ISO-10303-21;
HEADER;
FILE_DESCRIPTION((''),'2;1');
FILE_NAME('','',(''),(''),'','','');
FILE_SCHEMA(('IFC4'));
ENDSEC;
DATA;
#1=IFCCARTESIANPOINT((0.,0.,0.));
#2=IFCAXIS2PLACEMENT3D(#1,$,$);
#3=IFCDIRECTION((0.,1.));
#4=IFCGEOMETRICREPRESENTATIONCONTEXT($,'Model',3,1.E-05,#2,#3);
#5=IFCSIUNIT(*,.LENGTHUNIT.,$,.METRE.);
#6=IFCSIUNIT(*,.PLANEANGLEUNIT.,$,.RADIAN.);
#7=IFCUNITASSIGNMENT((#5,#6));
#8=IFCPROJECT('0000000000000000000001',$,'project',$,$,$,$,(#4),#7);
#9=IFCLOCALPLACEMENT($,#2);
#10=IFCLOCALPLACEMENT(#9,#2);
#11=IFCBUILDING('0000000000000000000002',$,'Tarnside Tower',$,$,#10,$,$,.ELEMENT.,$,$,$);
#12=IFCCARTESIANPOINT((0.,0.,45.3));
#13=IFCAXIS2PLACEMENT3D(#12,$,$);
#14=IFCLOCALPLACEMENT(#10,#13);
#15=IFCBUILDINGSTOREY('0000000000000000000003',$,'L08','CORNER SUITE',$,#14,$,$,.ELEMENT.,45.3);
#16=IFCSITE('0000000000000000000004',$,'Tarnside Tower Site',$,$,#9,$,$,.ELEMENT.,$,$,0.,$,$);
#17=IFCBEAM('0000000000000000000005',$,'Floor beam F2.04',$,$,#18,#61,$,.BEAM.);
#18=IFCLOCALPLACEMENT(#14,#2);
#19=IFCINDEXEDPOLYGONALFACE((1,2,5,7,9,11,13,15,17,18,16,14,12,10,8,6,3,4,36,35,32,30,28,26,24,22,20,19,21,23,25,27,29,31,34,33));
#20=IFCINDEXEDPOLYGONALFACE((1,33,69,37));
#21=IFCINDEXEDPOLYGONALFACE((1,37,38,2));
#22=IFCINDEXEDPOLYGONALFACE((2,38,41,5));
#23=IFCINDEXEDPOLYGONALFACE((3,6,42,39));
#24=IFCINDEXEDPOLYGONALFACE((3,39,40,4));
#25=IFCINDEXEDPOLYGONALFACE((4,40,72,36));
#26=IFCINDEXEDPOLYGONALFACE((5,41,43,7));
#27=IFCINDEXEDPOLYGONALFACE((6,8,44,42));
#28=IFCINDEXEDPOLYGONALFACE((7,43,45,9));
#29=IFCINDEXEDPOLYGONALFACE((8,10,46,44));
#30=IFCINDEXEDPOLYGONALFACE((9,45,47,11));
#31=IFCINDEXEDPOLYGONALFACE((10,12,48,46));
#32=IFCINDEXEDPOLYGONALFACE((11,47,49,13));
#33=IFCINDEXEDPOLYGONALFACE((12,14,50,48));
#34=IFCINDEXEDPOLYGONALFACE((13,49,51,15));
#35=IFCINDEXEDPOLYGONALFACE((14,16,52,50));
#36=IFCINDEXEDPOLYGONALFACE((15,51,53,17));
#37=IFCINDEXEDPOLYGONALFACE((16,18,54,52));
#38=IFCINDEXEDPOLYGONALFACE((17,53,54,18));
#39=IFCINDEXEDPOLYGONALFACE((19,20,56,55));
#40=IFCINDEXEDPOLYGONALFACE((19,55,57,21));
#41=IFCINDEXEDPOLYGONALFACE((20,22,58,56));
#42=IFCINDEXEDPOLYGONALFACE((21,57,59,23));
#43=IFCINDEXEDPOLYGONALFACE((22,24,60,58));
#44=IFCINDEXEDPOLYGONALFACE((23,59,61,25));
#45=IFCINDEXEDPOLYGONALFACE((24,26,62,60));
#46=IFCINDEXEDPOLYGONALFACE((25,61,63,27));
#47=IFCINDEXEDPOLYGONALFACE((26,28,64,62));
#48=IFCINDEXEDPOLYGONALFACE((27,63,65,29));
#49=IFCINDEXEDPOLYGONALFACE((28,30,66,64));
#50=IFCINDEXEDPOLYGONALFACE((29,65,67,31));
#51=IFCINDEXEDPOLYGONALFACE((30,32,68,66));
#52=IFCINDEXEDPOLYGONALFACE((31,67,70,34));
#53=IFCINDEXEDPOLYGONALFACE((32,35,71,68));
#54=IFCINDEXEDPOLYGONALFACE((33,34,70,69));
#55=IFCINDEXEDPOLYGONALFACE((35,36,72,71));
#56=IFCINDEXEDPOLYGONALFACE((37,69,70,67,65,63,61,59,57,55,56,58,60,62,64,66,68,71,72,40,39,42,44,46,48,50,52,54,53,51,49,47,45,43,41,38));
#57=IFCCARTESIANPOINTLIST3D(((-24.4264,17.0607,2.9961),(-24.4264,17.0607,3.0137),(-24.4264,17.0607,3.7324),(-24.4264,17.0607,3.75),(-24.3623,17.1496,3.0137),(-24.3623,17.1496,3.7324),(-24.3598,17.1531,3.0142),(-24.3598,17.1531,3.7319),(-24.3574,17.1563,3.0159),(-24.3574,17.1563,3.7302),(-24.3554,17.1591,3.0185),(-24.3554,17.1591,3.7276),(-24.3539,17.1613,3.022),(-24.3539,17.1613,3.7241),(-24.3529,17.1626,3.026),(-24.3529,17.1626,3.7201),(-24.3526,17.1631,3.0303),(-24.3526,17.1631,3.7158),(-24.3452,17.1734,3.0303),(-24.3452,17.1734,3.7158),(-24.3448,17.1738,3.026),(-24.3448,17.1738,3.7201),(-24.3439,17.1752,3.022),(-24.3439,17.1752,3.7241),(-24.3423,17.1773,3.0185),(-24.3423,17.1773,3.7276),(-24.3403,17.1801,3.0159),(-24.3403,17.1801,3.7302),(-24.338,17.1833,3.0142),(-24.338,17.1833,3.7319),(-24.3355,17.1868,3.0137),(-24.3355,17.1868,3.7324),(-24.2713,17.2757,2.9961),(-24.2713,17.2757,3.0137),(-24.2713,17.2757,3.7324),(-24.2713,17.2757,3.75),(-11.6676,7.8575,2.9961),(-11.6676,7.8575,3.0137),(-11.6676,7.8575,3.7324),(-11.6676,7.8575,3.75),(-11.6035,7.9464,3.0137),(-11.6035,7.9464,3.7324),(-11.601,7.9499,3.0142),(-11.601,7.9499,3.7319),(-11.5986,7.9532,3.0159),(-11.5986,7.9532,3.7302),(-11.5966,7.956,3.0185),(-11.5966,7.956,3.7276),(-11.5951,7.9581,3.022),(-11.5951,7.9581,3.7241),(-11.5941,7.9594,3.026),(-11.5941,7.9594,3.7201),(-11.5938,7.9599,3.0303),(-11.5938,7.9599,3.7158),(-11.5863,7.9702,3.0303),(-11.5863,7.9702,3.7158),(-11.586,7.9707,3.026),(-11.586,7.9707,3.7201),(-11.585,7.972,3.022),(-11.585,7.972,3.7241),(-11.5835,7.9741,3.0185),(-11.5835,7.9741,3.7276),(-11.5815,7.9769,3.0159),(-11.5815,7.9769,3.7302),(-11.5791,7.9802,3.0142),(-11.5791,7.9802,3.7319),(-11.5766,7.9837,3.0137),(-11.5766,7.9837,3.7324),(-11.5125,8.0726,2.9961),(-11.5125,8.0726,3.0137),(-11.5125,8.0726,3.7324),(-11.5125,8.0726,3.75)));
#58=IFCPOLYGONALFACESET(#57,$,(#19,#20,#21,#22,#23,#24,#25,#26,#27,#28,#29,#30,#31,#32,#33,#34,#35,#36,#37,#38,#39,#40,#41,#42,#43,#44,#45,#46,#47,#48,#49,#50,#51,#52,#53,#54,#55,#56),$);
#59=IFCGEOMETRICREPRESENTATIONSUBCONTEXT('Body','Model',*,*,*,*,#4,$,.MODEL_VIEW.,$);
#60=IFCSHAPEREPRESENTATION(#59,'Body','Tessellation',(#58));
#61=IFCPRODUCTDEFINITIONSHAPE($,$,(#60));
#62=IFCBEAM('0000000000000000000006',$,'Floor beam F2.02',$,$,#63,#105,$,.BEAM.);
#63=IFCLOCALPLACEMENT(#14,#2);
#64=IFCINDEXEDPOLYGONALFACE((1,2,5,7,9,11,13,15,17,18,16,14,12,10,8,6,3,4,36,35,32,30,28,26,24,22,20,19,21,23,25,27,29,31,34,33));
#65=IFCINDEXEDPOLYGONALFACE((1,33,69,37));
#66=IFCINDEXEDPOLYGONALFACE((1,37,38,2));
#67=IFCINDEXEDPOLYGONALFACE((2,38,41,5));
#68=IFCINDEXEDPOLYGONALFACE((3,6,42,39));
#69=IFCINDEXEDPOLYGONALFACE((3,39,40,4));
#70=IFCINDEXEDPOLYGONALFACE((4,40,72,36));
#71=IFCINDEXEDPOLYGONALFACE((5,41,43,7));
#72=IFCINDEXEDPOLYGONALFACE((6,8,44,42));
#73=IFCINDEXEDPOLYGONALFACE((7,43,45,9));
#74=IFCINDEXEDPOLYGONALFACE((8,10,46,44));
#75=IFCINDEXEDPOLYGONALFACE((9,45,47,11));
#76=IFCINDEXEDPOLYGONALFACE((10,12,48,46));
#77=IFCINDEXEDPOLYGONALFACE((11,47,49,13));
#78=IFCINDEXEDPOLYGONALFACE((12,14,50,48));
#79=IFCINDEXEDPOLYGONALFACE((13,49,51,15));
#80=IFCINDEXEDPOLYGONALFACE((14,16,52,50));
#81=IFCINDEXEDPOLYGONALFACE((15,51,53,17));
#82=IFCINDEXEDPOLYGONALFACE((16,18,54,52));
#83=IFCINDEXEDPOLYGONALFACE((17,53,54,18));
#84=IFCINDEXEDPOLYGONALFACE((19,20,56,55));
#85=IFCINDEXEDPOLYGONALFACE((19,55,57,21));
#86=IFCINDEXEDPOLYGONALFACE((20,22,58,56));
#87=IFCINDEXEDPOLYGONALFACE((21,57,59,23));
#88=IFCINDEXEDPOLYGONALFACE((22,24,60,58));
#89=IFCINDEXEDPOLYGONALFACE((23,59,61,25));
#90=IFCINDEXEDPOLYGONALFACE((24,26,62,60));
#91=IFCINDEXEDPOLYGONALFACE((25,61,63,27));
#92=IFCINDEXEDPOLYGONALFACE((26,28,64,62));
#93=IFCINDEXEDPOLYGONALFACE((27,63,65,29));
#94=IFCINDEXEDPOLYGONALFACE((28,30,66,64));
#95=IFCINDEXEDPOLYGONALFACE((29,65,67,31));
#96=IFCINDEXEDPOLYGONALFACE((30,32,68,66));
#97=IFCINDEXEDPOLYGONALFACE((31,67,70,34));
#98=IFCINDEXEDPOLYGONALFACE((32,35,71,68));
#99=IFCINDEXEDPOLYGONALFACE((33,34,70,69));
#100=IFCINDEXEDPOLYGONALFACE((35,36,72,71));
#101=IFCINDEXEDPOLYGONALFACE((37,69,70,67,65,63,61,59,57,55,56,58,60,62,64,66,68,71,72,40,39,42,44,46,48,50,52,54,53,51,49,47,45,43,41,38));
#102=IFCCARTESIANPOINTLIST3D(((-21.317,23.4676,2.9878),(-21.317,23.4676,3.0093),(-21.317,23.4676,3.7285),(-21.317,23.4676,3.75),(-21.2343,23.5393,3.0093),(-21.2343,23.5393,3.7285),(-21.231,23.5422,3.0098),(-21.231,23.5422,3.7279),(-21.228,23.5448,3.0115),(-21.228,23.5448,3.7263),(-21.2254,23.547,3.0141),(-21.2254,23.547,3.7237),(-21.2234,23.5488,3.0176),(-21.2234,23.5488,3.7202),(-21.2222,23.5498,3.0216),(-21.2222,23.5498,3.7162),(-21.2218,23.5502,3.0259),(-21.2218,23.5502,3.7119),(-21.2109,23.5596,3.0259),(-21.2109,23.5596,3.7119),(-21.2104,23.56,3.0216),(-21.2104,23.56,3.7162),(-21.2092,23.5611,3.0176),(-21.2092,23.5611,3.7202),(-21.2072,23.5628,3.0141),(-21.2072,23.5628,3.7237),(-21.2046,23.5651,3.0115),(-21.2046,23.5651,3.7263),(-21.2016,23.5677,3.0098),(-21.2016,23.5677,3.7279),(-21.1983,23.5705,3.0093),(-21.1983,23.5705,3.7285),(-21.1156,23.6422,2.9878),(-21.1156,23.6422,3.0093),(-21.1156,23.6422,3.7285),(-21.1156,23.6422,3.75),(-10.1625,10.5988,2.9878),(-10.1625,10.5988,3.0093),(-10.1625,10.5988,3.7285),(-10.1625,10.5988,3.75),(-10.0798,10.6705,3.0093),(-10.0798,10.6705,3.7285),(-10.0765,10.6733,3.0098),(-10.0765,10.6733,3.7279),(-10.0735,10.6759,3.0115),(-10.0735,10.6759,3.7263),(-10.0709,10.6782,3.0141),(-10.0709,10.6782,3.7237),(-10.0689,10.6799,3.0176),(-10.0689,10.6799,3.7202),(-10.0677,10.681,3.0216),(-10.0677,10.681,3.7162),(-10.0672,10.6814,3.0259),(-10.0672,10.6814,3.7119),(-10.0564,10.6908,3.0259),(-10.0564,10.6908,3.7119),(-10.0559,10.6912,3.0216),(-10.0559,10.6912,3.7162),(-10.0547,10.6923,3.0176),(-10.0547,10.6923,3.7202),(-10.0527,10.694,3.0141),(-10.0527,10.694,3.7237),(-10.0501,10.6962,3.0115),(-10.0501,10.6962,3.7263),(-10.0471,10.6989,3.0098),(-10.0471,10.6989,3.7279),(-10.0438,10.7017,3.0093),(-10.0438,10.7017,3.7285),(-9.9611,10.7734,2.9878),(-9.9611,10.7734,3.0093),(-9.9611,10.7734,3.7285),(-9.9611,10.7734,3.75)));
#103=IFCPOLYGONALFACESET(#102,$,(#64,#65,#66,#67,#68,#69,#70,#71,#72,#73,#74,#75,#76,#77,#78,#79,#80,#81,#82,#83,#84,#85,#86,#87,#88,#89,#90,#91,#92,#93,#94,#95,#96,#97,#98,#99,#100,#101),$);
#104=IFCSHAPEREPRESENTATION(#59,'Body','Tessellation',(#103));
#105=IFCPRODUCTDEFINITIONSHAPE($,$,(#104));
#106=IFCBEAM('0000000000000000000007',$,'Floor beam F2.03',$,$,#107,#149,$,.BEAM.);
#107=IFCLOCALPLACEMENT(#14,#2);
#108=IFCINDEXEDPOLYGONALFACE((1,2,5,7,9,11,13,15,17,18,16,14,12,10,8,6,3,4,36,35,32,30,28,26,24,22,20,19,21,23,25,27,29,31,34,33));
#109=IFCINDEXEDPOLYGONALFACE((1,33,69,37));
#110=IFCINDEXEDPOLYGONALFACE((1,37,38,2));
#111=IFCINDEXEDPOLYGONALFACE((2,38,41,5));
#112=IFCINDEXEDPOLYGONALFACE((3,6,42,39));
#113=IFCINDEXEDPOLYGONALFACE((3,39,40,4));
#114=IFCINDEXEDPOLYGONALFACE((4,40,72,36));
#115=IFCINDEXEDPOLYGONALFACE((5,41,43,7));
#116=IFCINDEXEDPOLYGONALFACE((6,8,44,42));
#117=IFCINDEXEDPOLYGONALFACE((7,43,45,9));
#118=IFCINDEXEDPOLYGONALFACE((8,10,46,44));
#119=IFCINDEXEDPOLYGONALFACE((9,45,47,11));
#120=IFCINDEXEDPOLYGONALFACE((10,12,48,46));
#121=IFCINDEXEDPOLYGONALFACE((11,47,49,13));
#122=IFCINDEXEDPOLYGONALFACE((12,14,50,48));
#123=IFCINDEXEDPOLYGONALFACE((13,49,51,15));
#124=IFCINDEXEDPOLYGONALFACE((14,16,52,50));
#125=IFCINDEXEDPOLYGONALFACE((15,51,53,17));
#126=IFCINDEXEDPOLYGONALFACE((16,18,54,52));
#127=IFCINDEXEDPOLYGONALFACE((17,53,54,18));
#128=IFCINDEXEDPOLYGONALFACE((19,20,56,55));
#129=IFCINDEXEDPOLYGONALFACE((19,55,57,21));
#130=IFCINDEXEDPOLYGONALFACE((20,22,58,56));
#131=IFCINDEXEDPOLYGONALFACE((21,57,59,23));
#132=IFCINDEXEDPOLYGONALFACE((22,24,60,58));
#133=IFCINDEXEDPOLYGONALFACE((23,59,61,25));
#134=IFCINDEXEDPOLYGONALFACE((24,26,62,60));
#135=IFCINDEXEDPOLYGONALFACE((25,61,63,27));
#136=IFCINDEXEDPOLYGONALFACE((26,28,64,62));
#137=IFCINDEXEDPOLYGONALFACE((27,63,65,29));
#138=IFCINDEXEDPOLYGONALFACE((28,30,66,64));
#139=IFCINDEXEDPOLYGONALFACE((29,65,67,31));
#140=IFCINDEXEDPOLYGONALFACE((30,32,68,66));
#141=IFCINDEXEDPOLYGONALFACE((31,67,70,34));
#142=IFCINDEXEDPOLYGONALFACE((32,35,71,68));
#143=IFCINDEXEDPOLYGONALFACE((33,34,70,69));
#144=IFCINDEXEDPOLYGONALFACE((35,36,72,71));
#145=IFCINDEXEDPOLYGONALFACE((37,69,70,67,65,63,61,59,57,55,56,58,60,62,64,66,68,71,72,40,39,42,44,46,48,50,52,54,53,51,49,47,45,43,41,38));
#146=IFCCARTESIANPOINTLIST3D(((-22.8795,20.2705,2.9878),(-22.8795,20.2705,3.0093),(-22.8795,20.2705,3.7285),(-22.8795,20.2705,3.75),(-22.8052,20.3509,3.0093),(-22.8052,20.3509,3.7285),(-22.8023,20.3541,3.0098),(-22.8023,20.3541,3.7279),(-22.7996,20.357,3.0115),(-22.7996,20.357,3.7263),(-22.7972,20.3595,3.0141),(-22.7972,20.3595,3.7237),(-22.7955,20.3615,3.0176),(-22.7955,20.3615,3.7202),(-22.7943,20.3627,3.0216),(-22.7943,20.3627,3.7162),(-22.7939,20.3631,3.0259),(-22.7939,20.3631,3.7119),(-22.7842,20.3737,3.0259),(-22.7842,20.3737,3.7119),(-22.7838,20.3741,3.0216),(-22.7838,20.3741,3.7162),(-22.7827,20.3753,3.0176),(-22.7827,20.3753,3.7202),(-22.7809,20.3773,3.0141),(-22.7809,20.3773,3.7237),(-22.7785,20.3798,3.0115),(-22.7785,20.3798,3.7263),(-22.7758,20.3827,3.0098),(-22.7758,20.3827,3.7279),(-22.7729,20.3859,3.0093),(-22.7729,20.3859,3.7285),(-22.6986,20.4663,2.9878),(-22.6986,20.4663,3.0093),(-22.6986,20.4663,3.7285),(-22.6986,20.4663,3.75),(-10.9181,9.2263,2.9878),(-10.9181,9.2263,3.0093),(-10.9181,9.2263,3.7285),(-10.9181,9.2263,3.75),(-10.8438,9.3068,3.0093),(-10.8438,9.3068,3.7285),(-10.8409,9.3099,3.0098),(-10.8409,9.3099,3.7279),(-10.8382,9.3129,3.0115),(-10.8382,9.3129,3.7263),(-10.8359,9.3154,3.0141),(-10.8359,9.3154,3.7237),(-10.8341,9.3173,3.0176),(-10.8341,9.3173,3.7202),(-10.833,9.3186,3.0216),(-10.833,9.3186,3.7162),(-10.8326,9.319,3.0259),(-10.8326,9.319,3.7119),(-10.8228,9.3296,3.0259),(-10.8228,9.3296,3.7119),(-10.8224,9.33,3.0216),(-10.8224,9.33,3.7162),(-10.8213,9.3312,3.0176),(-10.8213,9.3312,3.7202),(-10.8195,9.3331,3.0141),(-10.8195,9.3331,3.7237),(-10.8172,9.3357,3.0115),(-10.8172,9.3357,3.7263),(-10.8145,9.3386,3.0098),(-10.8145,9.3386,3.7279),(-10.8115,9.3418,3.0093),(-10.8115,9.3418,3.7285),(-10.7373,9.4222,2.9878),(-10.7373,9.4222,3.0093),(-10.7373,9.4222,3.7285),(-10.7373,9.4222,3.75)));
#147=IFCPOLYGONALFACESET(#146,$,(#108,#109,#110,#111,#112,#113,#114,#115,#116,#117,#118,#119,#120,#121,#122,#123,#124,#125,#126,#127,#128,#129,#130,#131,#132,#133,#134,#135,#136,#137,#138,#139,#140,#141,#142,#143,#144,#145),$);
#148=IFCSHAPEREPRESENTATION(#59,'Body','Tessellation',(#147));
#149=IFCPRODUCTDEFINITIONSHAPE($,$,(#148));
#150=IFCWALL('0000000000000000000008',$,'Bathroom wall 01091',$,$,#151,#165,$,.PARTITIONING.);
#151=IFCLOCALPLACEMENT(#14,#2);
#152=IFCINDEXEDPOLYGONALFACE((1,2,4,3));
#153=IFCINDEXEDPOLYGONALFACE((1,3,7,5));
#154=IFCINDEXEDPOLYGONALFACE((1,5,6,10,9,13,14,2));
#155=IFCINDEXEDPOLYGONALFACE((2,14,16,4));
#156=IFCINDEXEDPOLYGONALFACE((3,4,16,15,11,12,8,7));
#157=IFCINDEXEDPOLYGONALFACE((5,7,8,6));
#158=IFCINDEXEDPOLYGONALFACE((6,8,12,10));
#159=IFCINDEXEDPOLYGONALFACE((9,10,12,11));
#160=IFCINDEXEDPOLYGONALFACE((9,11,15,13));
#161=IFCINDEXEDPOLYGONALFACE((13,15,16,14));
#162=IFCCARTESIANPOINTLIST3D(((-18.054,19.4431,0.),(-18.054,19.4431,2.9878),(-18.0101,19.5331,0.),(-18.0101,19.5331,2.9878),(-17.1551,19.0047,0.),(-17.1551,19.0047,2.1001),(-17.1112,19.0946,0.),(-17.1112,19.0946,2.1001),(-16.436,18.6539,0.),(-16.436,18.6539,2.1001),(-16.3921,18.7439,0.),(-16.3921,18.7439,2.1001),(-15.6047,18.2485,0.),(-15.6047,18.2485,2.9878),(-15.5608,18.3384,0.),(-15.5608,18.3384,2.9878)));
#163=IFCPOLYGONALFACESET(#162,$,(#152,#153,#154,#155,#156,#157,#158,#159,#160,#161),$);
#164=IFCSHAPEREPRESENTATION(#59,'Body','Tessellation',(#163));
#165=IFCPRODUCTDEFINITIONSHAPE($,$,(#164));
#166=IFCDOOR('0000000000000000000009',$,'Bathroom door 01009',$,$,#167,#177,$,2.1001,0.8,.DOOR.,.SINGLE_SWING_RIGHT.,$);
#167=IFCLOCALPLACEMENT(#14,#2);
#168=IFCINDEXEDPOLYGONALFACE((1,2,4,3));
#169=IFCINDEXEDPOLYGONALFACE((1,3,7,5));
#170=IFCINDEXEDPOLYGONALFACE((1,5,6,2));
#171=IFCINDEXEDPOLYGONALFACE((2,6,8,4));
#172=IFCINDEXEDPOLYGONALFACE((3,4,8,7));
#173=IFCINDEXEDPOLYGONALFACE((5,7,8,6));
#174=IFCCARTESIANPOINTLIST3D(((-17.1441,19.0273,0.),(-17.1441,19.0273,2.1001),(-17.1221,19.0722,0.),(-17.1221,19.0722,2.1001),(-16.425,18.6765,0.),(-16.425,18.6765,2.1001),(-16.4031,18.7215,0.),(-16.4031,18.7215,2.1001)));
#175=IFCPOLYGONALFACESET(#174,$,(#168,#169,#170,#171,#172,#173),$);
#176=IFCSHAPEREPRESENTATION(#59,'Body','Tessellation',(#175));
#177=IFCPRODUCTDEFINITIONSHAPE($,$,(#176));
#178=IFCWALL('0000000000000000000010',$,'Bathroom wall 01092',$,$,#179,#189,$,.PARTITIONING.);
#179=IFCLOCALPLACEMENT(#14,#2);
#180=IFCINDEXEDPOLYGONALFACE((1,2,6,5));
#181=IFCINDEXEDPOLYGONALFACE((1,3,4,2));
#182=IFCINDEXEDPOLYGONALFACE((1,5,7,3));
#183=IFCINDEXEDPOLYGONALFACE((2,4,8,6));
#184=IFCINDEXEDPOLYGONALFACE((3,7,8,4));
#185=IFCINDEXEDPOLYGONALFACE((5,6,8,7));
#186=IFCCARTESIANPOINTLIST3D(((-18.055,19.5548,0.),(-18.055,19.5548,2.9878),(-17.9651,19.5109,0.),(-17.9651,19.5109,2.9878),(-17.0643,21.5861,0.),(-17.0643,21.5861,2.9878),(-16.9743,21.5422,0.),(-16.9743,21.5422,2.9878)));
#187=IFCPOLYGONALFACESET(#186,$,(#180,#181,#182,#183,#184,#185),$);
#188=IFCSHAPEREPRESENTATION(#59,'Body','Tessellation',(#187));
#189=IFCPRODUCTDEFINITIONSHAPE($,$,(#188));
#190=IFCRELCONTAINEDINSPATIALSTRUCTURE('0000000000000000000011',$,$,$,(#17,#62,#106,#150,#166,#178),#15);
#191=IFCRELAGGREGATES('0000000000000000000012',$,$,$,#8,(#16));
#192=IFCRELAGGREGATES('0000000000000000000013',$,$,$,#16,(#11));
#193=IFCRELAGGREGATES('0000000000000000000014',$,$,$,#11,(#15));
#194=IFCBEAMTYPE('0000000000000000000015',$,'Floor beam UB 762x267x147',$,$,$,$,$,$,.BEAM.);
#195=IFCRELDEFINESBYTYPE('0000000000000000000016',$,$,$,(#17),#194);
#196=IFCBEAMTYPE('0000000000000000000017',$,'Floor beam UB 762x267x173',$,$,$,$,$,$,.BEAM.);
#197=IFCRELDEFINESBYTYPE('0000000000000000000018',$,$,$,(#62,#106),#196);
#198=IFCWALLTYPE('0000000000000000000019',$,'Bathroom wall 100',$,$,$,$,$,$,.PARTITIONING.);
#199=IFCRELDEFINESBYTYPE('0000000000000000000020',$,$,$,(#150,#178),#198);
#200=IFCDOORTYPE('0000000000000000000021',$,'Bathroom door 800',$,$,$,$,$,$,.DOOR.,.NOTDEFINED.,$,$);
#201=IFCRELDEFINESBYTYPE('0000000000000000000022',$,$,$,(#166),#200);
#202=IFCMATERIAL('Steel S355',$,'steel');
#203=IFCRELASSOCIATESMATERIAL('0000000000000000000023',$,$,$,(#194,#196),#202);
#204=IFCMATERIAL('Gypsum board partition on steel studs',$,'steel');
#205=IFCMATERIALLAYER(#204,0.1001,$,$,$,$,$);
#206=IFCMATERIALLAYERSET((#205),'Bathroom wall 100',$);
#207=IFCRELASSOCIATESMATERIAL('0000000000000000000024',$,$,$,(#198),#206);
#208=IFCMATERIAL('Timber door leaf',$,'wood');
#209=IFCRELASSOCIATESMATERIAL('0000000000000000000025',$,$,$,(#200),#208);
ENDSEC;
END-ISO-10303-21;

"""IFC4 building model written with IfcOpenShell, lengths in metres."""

from ifc_helpers import new_model, si_unit, direction, frame, frame_2d, origin, origin_2d, place, context, subcontext, project, spatial, rectangle, i_section, extrude, material, layer, layer_set, material_profile, profile_set, type_object, element, fill, save


model = new_model("IFC4")

# Units and contexts
model_context = context("Model", 3, precision=1e-05, world=origin(), true_north=direction((0.0, 1.0)))
body_context = subcontext(model_context, "Body", "Model", "MODEL_VIEW")
ifc_project = project(units=[si_unit("LENGTHUNIT", "METRE"), si_unit("PLANEANGLEUNIT", "RADIAN")], contexts=[model_context])

# Site, building, storey
site_placement = place(None, origin())
site = spatial("IfcSite", under=ifc_project, at=site_placement, Name="Tarnside Tower Site", CompositionType="ELEMENT", RefElevation=0.0)
building_placement = place(site_placement, origin())
building = spatial("IfcBuilding", under=site, at=building_placement, Name="Tarnside Tower", CompositionType="ELEMENT")
storey_placement = place(building_placement, frame((0.0, 0.0, 45.3)))
storey = spatial("IfcBuildingStorey", under=building, at=storey_placement, Name="L08", Description="CORNER SUITE", CompositionType="ELEMENT", Elevation=45.3)

# Beams
ifc_material_1 = material(Name="Steel S355", Category="steel")
ifc_material_profile_1 = material_profile(ifc_material_1, i_section(OverallWidth=0.2651, OverallDepth=0.7539, WebThickness=0.0127, FlangeThickness=0.0176, FilletRadius=0.0166, at=origin_2d()), Name="UB 762x267x147")
ifc_profile_set_1 = profile_set([ifc_material_profile_1], Name="Steel S355")
beam_type_1 = type_object("IfcBeamType", Name="Floor beam UB 762x267x147", PredefinedType="BEAM", material=ifc_profile_set_1)
beam_1_placement = place(storey_placement, frame((-24.3489, 17.1682, 3.373), z_axis=(0.811028, -0.585008, 0.0), x_axis=(0.585008, 0.811028, 0.0)))
element("IfcBeam", 1, at=beam_1_placement, inside=storey, type_object=beam_type_1, Name="Floor beam F2.04", PredefinedType="BEAM", context=body_context, shape_type="SweptSolid", body=[
    extrude(i_section(OverallWidth=0.2651, OverallDepth=0.7539, WebThickness=0.0127, FlangeThickness=0.0176, FilletRadius=0.0166, at=origin_2d()), origin(), (0.0, 0.0, 1.0), 15.7317),
])
ifc_material_profile_2 = material_profile(ifc_material_1, i_section(OverallWidth=0.2666, OverallDepth=0.7622, WebThickness=0.0144, FlangeThickness=0.0215, FilletRadius=0.0166, at=origin_2d()), Name="UB 762x267x173")
ifc_profile_set_2 = profile_set([ifc_material_profile_2], Name="Steel S355")
beam_type_2 = type_object("IfcBeamType", Name="Floor beam UB 762x267x173", PredefinedType="BEAM", material=ifc_profile_set_2)
beam_2_placement = place(storey_placement, frame((-21.2163, 23.5549, 3.3689), z_axis=(0.654981, -0.755646, 0.0), x_axis=(0.755646, 0.654981, 0.0)))
element("IfcBeam", 2, at=beam_2_placement, inside=storey, type_object=beam_type_2, Name="Floor beam F2.02", PredefinedType="BEAM", context=body_context, shape_type="SweptSolid", body=[
    extrude(i_section(OverallWidth=0.2666, OverallDepth=0.7622, WebThickness=0.0144, FlangeThickness=0.0215, FilletRadius=0.0166, at=origin_2d()), origin(), (0.0, 0.0, 1.0), 17.0303),
])
beam_3_placement = place(storey_placement, frame((-22.7891, 20.3684, 3.3689), z_axis=(0.734715, -0.678375, 0.0), x_axis=(0.678375, 0.734715, 0.0)))
element("IfcBeam", 3, at=beam_3_placement, inside=storey, type_object=beam_type_2, Name="Floor beam F2.03", PredefinedType="BEAM", context=body_context, shape_type="SweptSolid", body=[
    extrude(i_section(OverallWidth=0.2666, OverallDepth=0.7622, WebThickness=0.0144, FlangeThickness=0.0215, FilletRadius=0.0166, at=origin_2d()), origin(), (0.0, 0.0, 1.0), 16.2803),
])

# Wall, opening, door
ifc_material_2 = material(Name="Gypsum board partition on steel studs", Category="steel")
ifc_layer_1 = layer(ifc_material_2, 0.1001)
ifc_layer_set_1 = layer_set([ifc_layer_1], Name="Bathroom wall 100")
wall_type_1 = type_object("IfcWallType", Name="Bathroom wall 100", PredefinedType="PARTITIONING", material=ifc_layer_set_1)
wall_1_placement = place(storey_placement, frame((-15.5828, 18.2935, 0.0), z_axis=(0.0, 0.0, 1.0), x_axis=(-0.898792, 0.438376, 0.0)))
wall_1 = element("IfcWall", 4, at=wall_1_placement, inside=storey, type_object=wall_type_1, Name="Bathroom wall 01091", PredefinedType="PARTITIONING", context=body_context, shape_type="SweptSolid", body=[
    extrude(rectangle(XDim=2.7251, YDim=0.1001, at=frame_2d((1.3625, 0.0))), origin(), (0.0, 0.0, 1.0), 2.9878),
])
opening_1_placement = place(wall_1_placement, frame((0.925, 0.0, 0.0)))
opening_1 = element("IfcOpeningElement", 5, at=opening_1_placement, cuts=wall_1, PredefinedType="OPENING", context=body_context, shape_type="SweptSolid", body=[
    extrude(rectangle(XDim=0.8, YDim=2.1001, at=frame_2d((0.3999, 1.05))), frame((0.0, 0.0601, 0.0), z_axis=(0.0, -1.0, 0.0), x_axis=(1.0, 0.0, 0.0)), (0.0, 0.0, 1.0), 0.1201),
])
ifc_material_3 = material(Name="Timber door leaf", Category="wood")
door_type_1 = type_object("IfcDoorType", Name="Bathroom door 800", OperationType="NOTDEFINED", PredefinedType="DOOR", material=ifc_material_3)
door_1_placement = place(opening_1_placement, origin())
door_1 = element("IfcDoor", 6, at=door_1_placement, inside=storey, type_object=door_type_1, Name="Bathroom door 01009", OperationType="SINGLE_SWING_RIGHT", OverallHeight=2.1001, OverallWidth=0.8, PredefinedType="DOOR", context=body_context, shape_type="SweptSolid", body=[
    extrude(rectangle(XDim=0.8, YDim=2.1001, at=frame_2d((0.3999, 1.05))), frame((0.0, 0.0249, 0.0), z_axis=(0.0, -1.0, 0.0), x_axis=(1.0, 0.0, 0.0)), (0.0, 0.0, 1.0), 0.05),
])
fill(opening_1, door_1)

# Wall
wall_2_placement = place(storey_placement, frame((-18.01, 19.533, 0.0), z_axis=(0.0, 0.0, 1.0), x_axis=(0.438377, 0.898791, 0.0)))
element("IfcWall", 7, at=wall_2_placement, inside=storey, type_object=wall_type_1, Name="Bathroom wall 01092", PredefinedType="PARTITIONING", context=body_context, shape_type="SweptSolid", body=[
    extrude(rectangle(XDim=2.26, YDim=0.1001, at=frame_2d((1.1299, 0.0))), origin(), (0.0, 0.0, 1.0), 2.9878),
])

save(model, "model.ifc")
